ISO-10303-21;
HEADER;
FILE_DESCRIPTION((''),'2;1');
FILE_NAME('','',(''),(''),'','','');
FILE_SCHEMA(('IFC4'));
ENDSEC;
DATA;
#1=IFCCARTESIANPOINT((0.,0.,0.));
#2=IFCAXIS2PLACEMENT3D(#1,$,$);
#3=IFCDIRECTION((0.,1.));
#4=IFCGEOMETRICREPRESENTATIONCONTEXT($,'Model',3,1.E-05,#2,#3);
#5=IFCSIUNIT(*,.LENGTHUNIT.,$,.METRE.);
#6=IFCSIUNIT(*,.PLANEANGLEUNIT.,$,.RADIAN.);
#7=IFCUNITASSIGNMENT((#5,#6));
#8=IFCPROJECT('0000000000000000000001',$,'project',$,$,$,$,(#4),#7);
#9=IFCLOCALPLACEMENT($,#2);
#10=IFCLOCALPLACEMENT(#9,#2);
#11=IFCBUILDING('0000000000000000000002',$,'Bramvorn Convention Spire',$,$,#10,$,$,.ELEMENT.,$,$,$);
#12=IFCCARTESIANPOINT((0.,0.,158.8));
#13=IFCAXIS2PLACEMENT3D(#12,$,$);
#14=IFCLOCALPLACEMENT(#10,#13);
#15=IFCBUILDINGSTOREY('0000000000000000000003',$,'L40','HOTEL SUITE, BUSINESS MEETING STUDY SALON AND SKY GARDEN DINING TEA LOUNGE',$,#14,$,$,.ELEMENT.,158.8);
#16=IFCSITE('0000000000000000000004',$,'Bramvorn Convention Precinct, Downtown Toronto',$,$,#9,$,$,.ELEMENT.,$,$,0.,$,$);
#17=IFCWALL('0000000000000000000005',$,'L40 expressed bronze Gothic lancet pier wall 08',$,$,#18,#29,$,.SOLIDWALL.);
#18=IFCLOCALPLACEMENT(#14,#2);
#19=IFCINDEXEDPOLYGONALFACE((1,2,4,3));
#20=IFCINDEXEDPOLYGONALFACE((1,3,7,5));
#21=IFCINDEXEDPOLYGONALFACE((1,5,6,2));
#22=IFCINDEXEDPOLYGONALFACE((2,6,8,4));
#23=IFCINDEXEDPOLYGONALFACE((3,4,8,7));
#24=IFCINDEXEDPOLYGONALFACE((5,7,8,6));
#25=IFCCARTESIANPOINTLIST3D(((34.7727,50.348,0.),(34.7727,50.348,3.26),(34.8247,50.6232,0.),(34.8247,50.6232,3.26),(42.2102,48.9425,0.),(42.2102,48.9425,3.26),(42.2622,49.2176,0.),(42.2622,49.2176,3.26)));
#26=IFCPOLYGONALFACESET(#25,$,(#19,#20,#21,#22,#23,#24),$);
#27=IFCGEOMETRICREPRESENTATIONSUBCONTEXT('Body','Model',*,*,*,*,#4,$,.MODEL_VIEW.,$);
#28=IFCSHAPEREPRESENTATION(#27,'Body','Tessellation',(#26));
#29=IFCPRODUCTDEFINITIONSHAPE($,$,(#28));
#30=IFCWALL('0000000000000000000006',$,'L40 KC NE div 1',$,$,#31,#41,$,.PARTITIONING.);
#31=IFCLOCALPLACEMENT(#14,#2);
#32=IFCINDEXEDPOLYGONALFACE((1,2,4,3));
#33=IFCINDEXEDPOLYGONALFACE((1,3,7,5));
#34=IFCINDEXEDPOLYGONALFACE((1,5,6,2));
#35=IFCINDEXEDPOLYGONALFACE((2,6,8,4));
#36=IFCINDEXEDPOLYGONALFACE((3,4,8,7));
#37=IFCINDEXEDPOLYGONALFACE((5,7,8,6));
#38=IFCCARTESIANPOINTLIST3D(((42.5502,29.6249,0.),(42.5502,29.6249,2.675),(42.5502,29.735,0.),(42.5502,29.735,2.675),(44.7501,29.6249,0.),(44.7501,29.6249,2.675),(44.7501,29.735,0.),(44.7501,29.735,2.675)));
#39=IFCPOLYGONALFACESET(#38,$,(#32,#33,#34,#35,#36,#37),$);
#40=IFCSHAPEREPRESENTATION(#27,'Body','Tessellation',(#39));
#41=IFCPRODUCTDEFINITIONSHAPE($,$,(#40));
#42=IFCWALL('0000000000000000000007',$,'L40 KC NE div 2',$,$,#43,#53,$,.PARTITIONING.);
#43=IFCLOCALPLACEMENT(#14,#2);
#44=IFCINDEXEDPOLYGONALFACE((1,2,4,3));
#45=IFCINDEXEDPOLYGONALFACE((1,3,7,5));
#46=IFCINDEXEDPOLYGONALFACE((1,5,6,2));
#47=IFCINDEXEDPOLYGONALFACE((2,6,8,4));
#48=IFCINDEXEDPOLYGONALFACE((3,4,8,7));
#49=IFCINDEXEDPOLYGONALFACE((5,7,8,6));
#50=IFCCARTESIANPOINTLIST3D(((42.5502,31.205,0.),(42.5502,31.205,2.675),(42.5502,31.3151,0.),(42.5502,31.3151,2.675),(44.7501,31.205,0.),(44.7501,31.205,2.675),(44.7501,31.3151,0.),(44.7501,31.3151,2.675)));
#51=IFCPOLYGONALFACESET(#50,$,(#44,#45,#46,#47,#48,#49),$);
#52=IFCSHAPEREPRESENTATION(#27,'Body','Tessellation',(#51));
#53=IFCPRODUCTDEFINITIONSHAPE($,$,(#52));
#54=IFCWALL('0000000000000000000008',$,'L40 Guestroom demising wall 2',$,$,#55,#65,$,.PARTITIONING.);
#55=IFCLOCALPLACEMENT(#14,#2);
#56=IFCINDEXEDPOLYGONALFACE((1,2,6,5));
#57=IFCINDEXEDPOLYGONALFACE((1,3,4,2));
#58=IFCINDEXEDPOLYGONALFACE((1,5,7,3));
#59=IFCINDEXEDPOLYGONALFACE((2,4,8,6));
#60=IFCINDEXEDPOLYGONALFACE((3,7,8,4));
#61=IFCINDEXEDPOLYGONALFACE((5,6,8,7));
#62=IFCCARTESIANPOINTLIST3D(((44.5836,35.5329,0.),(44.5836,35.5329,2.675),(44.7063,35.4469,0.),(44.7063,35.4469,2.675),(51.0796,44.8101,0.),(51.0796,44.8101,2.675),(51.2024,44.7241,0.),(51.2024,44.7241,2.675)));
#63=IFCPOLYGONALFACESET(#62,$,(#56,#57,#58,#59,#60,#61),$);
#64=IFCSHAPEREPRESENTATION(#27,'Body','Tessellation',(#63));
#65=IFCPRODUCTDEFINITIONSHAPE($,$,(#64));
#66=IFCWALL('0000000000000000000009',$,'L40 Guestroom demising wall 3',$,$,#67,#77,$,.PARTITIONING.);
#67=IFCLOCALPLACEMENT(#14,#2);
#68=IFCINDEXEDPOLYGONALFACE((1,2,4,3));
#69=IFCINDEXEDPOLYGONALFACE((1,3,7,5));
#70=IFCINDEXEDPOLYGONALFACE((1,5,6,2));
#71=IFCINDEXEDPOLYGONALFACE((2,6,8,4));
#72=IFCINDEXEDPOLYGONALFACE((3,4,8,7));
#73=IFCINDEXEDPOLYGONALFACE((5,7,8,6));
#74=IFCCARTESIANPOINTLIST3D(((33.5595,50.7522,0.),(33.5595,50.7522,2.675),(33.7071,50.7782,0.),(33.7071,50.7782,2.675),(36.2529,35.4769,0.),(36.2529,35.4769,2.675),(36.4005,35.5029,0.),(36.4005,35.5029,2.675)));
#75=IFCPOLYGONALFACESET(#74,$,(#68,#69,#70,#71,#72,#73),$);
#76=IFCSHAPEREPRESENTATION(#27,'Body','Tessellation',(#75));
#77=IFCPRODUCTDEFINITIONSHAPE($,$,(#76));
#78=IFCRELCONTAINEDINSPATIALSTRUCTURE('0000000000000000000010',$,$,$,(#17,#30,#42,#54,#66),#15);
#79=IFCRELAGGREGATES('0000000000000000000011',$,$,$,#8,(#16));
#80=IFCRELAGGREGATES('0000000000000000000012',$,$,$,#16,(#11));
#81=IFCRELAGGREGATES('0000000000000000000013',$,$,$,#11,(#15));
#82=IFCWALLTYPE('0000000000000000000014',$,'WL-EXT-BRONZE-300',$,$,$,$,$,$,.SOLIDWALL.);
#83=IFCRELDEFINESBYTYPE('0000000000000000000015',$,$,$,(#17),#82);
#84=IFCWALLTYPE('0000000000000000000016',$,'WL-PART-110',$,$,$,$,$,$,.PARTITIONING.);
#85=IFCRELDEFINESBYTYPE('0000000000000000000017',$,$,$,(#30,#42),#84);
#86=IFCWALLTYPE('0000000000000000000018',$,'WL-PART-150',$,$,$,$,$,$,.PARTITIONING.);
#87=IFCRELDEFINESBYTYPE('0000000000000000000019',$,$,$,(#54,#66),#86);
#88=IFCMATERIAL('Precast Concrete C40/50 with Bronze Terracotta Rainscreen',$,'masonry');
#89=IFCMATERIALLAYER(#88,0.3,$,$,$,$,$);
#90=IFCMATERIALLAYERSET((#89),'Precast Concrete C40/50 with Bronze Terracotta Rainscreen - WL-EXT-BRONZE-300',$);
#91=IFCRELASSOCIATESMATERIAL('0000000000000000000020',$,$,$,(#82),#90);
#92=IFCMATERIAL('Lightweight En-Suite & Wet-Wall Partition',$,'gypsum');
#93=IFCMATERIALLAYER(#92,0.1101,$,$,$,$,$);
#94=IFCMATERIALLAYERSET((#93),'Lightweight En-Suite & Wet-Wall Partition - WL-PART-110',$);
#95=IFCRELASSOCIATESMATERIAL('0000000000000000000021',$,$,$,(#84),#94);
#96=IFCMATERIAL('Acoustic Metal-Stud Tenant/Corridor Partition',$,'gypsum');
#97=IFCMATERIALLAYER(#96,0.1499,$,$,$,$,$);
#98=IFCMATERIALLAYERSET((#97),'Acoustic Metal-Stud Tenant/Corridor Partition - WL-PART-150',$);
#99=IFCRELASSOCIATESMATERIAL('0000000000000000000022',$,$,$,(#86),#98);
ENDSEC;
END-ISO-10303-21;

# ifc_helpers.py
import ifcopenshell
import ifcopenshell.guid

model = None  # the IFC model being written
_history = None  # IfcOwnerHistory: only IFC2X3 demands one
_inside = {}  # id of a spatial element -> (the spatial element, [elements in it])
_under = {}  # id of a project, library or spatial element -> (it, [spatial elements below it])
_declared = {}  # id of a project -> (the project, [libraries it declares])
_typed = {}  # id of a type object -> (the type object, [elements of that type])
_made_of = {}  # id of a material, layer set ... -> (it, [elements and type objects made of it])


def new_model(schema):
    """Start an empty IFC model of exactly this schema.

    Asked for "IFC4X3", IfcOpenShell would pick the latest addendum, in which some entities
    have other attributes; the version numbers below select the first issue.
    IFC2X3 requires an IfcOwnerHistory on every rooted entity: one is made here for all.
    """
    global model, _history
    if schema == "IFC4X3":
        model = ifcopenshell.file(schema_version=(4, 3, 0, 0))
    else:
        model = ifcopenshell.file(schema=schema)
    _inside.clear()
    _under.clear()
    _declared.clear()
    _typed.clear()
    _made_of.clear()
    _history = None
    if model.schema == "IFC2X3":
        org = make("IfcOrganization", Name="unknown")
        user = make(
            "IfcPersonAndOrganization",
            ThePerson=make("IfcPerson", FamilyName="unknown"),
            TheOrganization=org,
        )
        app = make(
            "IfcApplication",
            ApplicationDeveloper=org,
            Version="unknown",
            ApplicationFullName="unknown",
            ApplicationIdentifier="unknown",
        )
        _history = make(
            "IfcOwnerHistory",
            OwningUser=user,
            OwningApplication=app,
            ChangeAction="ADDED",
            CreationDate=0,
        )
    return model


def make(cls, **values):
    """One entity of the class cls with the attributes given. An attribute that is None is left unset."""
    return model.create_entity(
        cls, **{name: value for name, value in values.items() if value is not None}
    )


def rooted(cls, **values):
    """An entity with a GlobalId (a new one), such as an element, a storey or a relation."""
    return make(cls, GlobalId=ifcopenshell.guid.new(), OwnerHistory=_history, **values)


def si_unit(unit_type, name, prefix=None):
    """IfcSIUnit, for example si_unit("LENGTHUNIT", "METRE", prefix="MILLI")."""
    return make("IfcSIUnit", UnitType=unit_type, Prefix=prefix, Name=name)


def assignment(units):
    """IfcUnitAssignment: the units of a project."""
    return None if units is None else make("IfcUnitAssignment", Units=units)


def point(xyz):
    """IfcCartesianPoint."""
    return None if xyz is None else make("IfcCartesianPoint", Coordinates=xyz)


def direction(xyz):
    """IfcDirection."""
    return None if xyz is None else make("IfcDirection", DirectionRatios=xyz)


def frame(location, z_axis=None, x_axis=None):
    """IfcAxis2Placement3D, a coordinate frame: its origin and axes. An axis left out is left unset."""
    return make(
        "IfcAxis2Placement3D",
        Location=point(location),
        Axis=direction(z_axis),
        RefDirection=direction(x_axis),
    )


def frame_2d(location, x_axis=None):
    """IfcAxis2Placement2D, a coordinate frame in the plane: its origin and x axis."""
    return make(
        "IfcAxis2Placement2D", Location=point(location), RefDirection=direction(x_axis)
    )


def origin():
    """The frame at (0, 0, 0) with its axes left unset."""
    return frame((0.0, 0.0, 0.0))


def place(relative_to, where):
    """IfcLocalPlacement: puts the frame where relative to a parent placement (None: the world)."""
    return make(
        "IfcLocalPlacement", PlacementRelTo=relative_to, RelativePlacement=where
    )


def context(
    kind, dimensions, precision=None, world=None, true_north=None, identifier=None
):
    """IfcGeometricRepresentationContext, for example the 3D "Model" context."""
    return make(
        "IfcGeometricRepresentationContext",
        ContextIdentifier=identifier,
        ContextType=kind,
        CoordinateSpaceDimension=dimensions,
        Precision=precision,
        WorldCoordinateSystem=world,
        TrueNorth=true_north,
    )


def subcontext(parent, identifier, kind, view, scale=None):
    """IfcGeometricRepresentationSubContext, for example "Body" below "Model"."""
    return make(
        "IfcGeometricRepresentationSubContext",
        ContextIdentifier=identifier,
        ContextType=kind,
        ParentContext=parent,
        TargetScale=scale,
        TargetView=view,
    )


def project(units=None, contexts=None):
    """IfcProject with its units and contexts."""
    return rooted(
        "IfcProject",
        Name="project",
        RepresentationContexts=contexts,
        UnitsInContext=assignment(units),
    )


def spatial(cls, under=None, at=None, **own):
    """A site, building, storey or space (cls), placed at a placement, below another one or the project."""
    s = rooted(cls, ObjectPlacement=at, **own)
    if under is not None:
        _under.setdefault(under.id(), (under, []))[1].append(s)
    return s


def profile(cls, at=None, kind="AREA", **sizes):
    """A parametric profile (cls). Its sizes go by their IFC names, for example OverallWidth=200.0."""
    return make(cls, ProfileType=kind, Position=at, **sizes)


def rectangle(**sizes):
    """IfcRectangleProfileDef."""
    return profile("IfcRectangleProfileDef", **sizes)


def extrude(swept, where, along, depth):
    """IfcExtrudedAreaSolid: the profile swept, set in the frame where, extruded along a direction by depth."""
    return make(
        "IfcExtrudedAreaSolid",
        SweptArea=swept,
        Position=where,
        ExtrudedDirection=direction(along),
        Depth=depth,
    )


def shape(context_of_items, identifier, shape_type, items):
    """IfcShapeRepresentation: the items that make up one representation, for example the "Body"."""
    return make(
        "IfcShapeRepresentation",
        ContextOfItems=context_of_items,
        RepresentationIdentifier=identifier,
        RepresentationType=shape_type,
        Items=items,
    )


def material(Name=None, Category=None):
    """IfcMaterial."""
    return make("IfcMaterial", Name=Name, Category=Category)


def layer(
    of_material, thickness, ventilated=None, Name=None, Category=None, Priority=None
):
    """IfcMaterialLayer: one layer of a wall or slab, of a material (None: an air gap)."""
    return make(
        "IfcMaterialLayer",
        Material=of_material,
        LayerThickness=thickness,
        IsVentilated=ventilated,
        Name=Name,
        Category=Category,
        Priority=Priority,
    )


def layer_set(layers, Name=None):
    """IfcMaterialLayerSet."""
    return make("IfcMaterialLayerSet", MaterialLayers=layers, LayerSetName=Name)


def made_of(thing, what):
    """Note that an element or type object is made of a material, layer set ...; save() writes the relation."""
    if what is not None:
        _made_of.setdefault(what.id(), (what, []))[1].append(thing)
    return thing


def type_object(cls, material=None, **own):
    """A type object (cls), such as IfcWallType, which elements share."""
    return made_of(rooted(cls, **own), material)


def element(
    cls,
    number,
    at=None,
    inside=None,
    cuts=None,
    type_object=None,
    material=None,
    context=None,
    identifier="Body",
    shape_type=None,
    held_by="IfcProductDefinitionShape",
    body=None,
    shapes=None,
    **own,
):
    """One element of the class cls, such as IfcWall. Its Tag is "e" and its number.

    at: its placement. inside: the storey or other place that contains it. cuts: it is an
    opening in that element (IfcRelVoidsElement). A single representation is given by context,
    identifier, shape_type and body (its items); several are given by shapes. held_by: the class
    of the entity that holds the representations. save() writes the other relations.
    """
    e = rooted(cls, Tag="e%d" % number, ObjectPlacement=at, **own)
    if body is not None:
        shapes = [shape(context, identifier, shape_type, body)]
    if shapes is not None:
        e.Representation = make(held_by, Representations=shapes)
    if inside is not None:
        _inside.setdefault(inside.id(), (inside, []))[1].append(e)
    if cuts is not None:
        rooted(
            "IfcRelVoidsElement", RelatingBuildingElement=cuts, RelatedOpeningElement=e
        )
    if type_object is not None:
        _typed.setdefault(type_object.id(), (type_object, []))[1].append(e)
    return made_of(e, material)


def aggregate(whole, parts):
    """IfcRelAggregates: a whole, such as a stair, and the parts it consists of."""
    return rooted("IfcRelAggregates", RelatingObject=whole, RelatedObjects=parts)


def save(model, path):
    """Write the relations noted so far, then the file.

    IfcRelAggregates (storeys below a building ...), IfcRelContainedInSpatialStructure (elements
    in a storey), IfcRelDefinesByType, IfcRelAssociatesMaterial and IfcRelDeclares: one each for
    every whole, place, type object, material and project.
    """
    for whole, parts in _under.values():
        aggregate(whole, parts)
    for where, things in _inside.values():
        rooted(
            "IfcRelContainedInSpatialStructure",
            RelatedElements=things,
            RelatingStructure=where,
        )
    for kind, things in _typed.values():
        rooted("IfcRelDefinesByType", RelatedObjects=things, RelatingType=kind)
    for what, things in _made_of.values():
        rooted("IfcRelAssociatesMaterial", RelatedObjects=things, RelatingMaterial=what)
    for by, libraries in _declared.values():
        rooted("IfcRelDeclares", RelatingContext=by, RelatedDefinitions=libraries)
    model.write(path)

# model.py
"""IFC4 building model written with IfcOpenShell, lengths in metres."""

from ifc_helpers import new_model, si_unit, direction, frame, frame_2d, origin, place, context, subcontext, project, spatial, rectangle, extrude, material, layer, layer_set, type_object, element, save


model = new_model("IFC4")

# Units and contexts
model_context = context("Model", 3, precision=1e-05, world=origin(), true_north=direction((0.0, 1.0)))
body_context = subcontext(model_context, "Body", "Model", "MODEL_VIEW")
ifc_project = project(units=[si_unit("LENGTHUNIT", "METRE"), si_unit("PLANEANGLEUNIT", "RADIAN")], contexts=[model_context])

# Site, building, storey
site_placement = place(None, origin())
site = spatial("IfcSite", under=ifc_project, at=site_placement, Name="Bramvorn Convention Precinct, Downtown Toronto", CompositionType="ELEMENT", RefElevation=0.0)
building_placement = place(site_placement, origin())
building = spatial("IfcBuilding", under=site, at=building_placement, Name="Bramvorn Convention Spire", CompositionType="ELEMENT")
storey_placement = place(building_placement, frame((0.0, 0.0, 158.8)))
storey = spatial("IfcBuildingStorey", under=building, at=storey_placement, Name="L40", Description="HOTEL SUITE, BUSINESS MEETING STUDY SALON AND SKY GARDEN DINING TEA LOUNGE", CompositionType="ELEMENT", Elevation=158.8)

# Walls
ifc_material_1 = material(Name="Precast Concrete C40/50 with Bronze Terracotta Rainscreen", Category="masonry")
ifc_layer_1 = layer(ifc_material_1, 0.3)
ifc_layer_set_1 = layer_set([ifc_layer_1], Name="Precast Concrete C40/50 with Bronze Terracotta Rainscreen - WL-EXT-BRONZE-300")
wall_type_1 = type_object("IfcWallType", Name="WL-EXT-BRONZE-300", PredefinedType="SOLIDWALL", material=ifc_layer_set_1)
wall_1_placement = place(storey_placement, frame((34.7986, 50.4856, 0.0), z_axis=(0.0, 0.0, 1.0), x_axis=(0.982608, -0.185691, 0.0)))
element("IfcWall", 1, at=wall_1_placement, inside=storey, type_object=wall_type_1, Name="L40 expressed bronze Gothic lancet pier wall 08", PredefinedType="SOLIDWALL", context=body_context, shape_type="SweptSolid", body=[
    extrude(rectangle(XDim=7.5691, YDim=0.28, at=frame_2d((3.7847, 0.0))), origin(), (0.0, 0.0, 1.0), 3.26),
])
ifc_material_2 = material(Name="Lightweight En-Suite & Wet-Wall Partition", Category="gypsum")
ifc_layer_2 = layer(ifc_material_2, 0.1101)
ifc_layer_set_2 = layer_set([ifc_layer_2], Name="Lightweight En-Suite & Wet-Wall Partition - WL-PART-110")
wall_type_2 = type_object("IfcWallType", Name="WL-PART-110", PredefinedType="PARTITIONING", material=ifc_layer_set_2)
for number, where, z_axis, x_axis, name in (
    (2, (42.55, 29.6799, 0.0), (0.0, 0.0, 1.0), (1.0, 0.0, 0.0), "L40 KC NE div 1"),
    (3, (42.55, 31.26, 0.0), (0.0, 0.0, 1.0), (1.0, 0.0, 0.0), "L40 KC NE div 2"),
):
    element("IfcWall", number, at=place(storey_placement, frame(where, z_axis=z_axis, x_axis=x_axis)), inside=storey, type_object=wall_type_2, Name=name, PredefinedType="PARTITIONING", context=body_context, shape_type="SweptSolid", body=[
        extrude(rectangle(XDim=2.2, YDim=0.1101, at=frame_2d((1.1001, 0.0))), origin(), (0.0, 0.0, 1.0), 2.675),
    ])
ifc_material_3 = material(Name="Acoustic Metal-Stud Tenant/Corridor Partition", Category="gypsum")
ifc_layer_3 = layer(ifc_material_3, 0.1499)
ifc_layer_set_3 = layer_set([ifc_layer_3], Name="Acoustic Metal-Stud Tenant/Corridor Partition - WL-PART-150")
wall_type_3 = type_object("IfcWallType", Name="WL-PART-150", PredefinedType="PARTITIONING", material=ifc_layer_set_3)
wall_2_placement = place(storey_placement, frame((44.645, 35.49, 0.0), z_axis=(0.0, 0.0, 1.0), x_axis=(0.573578, 0.819151, 0.0)))
element("IfcWall", 4, at=wall_2_placement, inside=storey, type_object=wall_type_3, Name="L40 Guestroom demising wall 2", PredefinedType="PARTITIONING", context=body_context, shape_type="SweptSolid", body=[
    extrude(rectangle(XDim=11.3254, YDim=0.1499, at=frame_2d((5.6626, 0.0))), origin(), (0.0, 0.0, 1.0), 2.675),
])
wall_3_placement = place(storey_placement, frame((36.3267, 35.49, 0.0), z_axis=(0.0, 0.0, 1.0), x_axis=(-0.173642, 0.984809, 0.0)))
element("IfcWall", 5, at=wall_3_placement, inside=storey, type_object=wall_type_3, Name="L40 Guestroom demising wall 3", PredefinedType="PARTITIONING", context=body_context, shape_type="SweptSolid", body=[
    extrude(rectangle(XDim=15.511, YDim=0.1499, at=frame_2d((7.7554, 0.0))), origin(), (0.0, 0.0, 1.0), 2.675),
])

save(model, "model.ifc")
